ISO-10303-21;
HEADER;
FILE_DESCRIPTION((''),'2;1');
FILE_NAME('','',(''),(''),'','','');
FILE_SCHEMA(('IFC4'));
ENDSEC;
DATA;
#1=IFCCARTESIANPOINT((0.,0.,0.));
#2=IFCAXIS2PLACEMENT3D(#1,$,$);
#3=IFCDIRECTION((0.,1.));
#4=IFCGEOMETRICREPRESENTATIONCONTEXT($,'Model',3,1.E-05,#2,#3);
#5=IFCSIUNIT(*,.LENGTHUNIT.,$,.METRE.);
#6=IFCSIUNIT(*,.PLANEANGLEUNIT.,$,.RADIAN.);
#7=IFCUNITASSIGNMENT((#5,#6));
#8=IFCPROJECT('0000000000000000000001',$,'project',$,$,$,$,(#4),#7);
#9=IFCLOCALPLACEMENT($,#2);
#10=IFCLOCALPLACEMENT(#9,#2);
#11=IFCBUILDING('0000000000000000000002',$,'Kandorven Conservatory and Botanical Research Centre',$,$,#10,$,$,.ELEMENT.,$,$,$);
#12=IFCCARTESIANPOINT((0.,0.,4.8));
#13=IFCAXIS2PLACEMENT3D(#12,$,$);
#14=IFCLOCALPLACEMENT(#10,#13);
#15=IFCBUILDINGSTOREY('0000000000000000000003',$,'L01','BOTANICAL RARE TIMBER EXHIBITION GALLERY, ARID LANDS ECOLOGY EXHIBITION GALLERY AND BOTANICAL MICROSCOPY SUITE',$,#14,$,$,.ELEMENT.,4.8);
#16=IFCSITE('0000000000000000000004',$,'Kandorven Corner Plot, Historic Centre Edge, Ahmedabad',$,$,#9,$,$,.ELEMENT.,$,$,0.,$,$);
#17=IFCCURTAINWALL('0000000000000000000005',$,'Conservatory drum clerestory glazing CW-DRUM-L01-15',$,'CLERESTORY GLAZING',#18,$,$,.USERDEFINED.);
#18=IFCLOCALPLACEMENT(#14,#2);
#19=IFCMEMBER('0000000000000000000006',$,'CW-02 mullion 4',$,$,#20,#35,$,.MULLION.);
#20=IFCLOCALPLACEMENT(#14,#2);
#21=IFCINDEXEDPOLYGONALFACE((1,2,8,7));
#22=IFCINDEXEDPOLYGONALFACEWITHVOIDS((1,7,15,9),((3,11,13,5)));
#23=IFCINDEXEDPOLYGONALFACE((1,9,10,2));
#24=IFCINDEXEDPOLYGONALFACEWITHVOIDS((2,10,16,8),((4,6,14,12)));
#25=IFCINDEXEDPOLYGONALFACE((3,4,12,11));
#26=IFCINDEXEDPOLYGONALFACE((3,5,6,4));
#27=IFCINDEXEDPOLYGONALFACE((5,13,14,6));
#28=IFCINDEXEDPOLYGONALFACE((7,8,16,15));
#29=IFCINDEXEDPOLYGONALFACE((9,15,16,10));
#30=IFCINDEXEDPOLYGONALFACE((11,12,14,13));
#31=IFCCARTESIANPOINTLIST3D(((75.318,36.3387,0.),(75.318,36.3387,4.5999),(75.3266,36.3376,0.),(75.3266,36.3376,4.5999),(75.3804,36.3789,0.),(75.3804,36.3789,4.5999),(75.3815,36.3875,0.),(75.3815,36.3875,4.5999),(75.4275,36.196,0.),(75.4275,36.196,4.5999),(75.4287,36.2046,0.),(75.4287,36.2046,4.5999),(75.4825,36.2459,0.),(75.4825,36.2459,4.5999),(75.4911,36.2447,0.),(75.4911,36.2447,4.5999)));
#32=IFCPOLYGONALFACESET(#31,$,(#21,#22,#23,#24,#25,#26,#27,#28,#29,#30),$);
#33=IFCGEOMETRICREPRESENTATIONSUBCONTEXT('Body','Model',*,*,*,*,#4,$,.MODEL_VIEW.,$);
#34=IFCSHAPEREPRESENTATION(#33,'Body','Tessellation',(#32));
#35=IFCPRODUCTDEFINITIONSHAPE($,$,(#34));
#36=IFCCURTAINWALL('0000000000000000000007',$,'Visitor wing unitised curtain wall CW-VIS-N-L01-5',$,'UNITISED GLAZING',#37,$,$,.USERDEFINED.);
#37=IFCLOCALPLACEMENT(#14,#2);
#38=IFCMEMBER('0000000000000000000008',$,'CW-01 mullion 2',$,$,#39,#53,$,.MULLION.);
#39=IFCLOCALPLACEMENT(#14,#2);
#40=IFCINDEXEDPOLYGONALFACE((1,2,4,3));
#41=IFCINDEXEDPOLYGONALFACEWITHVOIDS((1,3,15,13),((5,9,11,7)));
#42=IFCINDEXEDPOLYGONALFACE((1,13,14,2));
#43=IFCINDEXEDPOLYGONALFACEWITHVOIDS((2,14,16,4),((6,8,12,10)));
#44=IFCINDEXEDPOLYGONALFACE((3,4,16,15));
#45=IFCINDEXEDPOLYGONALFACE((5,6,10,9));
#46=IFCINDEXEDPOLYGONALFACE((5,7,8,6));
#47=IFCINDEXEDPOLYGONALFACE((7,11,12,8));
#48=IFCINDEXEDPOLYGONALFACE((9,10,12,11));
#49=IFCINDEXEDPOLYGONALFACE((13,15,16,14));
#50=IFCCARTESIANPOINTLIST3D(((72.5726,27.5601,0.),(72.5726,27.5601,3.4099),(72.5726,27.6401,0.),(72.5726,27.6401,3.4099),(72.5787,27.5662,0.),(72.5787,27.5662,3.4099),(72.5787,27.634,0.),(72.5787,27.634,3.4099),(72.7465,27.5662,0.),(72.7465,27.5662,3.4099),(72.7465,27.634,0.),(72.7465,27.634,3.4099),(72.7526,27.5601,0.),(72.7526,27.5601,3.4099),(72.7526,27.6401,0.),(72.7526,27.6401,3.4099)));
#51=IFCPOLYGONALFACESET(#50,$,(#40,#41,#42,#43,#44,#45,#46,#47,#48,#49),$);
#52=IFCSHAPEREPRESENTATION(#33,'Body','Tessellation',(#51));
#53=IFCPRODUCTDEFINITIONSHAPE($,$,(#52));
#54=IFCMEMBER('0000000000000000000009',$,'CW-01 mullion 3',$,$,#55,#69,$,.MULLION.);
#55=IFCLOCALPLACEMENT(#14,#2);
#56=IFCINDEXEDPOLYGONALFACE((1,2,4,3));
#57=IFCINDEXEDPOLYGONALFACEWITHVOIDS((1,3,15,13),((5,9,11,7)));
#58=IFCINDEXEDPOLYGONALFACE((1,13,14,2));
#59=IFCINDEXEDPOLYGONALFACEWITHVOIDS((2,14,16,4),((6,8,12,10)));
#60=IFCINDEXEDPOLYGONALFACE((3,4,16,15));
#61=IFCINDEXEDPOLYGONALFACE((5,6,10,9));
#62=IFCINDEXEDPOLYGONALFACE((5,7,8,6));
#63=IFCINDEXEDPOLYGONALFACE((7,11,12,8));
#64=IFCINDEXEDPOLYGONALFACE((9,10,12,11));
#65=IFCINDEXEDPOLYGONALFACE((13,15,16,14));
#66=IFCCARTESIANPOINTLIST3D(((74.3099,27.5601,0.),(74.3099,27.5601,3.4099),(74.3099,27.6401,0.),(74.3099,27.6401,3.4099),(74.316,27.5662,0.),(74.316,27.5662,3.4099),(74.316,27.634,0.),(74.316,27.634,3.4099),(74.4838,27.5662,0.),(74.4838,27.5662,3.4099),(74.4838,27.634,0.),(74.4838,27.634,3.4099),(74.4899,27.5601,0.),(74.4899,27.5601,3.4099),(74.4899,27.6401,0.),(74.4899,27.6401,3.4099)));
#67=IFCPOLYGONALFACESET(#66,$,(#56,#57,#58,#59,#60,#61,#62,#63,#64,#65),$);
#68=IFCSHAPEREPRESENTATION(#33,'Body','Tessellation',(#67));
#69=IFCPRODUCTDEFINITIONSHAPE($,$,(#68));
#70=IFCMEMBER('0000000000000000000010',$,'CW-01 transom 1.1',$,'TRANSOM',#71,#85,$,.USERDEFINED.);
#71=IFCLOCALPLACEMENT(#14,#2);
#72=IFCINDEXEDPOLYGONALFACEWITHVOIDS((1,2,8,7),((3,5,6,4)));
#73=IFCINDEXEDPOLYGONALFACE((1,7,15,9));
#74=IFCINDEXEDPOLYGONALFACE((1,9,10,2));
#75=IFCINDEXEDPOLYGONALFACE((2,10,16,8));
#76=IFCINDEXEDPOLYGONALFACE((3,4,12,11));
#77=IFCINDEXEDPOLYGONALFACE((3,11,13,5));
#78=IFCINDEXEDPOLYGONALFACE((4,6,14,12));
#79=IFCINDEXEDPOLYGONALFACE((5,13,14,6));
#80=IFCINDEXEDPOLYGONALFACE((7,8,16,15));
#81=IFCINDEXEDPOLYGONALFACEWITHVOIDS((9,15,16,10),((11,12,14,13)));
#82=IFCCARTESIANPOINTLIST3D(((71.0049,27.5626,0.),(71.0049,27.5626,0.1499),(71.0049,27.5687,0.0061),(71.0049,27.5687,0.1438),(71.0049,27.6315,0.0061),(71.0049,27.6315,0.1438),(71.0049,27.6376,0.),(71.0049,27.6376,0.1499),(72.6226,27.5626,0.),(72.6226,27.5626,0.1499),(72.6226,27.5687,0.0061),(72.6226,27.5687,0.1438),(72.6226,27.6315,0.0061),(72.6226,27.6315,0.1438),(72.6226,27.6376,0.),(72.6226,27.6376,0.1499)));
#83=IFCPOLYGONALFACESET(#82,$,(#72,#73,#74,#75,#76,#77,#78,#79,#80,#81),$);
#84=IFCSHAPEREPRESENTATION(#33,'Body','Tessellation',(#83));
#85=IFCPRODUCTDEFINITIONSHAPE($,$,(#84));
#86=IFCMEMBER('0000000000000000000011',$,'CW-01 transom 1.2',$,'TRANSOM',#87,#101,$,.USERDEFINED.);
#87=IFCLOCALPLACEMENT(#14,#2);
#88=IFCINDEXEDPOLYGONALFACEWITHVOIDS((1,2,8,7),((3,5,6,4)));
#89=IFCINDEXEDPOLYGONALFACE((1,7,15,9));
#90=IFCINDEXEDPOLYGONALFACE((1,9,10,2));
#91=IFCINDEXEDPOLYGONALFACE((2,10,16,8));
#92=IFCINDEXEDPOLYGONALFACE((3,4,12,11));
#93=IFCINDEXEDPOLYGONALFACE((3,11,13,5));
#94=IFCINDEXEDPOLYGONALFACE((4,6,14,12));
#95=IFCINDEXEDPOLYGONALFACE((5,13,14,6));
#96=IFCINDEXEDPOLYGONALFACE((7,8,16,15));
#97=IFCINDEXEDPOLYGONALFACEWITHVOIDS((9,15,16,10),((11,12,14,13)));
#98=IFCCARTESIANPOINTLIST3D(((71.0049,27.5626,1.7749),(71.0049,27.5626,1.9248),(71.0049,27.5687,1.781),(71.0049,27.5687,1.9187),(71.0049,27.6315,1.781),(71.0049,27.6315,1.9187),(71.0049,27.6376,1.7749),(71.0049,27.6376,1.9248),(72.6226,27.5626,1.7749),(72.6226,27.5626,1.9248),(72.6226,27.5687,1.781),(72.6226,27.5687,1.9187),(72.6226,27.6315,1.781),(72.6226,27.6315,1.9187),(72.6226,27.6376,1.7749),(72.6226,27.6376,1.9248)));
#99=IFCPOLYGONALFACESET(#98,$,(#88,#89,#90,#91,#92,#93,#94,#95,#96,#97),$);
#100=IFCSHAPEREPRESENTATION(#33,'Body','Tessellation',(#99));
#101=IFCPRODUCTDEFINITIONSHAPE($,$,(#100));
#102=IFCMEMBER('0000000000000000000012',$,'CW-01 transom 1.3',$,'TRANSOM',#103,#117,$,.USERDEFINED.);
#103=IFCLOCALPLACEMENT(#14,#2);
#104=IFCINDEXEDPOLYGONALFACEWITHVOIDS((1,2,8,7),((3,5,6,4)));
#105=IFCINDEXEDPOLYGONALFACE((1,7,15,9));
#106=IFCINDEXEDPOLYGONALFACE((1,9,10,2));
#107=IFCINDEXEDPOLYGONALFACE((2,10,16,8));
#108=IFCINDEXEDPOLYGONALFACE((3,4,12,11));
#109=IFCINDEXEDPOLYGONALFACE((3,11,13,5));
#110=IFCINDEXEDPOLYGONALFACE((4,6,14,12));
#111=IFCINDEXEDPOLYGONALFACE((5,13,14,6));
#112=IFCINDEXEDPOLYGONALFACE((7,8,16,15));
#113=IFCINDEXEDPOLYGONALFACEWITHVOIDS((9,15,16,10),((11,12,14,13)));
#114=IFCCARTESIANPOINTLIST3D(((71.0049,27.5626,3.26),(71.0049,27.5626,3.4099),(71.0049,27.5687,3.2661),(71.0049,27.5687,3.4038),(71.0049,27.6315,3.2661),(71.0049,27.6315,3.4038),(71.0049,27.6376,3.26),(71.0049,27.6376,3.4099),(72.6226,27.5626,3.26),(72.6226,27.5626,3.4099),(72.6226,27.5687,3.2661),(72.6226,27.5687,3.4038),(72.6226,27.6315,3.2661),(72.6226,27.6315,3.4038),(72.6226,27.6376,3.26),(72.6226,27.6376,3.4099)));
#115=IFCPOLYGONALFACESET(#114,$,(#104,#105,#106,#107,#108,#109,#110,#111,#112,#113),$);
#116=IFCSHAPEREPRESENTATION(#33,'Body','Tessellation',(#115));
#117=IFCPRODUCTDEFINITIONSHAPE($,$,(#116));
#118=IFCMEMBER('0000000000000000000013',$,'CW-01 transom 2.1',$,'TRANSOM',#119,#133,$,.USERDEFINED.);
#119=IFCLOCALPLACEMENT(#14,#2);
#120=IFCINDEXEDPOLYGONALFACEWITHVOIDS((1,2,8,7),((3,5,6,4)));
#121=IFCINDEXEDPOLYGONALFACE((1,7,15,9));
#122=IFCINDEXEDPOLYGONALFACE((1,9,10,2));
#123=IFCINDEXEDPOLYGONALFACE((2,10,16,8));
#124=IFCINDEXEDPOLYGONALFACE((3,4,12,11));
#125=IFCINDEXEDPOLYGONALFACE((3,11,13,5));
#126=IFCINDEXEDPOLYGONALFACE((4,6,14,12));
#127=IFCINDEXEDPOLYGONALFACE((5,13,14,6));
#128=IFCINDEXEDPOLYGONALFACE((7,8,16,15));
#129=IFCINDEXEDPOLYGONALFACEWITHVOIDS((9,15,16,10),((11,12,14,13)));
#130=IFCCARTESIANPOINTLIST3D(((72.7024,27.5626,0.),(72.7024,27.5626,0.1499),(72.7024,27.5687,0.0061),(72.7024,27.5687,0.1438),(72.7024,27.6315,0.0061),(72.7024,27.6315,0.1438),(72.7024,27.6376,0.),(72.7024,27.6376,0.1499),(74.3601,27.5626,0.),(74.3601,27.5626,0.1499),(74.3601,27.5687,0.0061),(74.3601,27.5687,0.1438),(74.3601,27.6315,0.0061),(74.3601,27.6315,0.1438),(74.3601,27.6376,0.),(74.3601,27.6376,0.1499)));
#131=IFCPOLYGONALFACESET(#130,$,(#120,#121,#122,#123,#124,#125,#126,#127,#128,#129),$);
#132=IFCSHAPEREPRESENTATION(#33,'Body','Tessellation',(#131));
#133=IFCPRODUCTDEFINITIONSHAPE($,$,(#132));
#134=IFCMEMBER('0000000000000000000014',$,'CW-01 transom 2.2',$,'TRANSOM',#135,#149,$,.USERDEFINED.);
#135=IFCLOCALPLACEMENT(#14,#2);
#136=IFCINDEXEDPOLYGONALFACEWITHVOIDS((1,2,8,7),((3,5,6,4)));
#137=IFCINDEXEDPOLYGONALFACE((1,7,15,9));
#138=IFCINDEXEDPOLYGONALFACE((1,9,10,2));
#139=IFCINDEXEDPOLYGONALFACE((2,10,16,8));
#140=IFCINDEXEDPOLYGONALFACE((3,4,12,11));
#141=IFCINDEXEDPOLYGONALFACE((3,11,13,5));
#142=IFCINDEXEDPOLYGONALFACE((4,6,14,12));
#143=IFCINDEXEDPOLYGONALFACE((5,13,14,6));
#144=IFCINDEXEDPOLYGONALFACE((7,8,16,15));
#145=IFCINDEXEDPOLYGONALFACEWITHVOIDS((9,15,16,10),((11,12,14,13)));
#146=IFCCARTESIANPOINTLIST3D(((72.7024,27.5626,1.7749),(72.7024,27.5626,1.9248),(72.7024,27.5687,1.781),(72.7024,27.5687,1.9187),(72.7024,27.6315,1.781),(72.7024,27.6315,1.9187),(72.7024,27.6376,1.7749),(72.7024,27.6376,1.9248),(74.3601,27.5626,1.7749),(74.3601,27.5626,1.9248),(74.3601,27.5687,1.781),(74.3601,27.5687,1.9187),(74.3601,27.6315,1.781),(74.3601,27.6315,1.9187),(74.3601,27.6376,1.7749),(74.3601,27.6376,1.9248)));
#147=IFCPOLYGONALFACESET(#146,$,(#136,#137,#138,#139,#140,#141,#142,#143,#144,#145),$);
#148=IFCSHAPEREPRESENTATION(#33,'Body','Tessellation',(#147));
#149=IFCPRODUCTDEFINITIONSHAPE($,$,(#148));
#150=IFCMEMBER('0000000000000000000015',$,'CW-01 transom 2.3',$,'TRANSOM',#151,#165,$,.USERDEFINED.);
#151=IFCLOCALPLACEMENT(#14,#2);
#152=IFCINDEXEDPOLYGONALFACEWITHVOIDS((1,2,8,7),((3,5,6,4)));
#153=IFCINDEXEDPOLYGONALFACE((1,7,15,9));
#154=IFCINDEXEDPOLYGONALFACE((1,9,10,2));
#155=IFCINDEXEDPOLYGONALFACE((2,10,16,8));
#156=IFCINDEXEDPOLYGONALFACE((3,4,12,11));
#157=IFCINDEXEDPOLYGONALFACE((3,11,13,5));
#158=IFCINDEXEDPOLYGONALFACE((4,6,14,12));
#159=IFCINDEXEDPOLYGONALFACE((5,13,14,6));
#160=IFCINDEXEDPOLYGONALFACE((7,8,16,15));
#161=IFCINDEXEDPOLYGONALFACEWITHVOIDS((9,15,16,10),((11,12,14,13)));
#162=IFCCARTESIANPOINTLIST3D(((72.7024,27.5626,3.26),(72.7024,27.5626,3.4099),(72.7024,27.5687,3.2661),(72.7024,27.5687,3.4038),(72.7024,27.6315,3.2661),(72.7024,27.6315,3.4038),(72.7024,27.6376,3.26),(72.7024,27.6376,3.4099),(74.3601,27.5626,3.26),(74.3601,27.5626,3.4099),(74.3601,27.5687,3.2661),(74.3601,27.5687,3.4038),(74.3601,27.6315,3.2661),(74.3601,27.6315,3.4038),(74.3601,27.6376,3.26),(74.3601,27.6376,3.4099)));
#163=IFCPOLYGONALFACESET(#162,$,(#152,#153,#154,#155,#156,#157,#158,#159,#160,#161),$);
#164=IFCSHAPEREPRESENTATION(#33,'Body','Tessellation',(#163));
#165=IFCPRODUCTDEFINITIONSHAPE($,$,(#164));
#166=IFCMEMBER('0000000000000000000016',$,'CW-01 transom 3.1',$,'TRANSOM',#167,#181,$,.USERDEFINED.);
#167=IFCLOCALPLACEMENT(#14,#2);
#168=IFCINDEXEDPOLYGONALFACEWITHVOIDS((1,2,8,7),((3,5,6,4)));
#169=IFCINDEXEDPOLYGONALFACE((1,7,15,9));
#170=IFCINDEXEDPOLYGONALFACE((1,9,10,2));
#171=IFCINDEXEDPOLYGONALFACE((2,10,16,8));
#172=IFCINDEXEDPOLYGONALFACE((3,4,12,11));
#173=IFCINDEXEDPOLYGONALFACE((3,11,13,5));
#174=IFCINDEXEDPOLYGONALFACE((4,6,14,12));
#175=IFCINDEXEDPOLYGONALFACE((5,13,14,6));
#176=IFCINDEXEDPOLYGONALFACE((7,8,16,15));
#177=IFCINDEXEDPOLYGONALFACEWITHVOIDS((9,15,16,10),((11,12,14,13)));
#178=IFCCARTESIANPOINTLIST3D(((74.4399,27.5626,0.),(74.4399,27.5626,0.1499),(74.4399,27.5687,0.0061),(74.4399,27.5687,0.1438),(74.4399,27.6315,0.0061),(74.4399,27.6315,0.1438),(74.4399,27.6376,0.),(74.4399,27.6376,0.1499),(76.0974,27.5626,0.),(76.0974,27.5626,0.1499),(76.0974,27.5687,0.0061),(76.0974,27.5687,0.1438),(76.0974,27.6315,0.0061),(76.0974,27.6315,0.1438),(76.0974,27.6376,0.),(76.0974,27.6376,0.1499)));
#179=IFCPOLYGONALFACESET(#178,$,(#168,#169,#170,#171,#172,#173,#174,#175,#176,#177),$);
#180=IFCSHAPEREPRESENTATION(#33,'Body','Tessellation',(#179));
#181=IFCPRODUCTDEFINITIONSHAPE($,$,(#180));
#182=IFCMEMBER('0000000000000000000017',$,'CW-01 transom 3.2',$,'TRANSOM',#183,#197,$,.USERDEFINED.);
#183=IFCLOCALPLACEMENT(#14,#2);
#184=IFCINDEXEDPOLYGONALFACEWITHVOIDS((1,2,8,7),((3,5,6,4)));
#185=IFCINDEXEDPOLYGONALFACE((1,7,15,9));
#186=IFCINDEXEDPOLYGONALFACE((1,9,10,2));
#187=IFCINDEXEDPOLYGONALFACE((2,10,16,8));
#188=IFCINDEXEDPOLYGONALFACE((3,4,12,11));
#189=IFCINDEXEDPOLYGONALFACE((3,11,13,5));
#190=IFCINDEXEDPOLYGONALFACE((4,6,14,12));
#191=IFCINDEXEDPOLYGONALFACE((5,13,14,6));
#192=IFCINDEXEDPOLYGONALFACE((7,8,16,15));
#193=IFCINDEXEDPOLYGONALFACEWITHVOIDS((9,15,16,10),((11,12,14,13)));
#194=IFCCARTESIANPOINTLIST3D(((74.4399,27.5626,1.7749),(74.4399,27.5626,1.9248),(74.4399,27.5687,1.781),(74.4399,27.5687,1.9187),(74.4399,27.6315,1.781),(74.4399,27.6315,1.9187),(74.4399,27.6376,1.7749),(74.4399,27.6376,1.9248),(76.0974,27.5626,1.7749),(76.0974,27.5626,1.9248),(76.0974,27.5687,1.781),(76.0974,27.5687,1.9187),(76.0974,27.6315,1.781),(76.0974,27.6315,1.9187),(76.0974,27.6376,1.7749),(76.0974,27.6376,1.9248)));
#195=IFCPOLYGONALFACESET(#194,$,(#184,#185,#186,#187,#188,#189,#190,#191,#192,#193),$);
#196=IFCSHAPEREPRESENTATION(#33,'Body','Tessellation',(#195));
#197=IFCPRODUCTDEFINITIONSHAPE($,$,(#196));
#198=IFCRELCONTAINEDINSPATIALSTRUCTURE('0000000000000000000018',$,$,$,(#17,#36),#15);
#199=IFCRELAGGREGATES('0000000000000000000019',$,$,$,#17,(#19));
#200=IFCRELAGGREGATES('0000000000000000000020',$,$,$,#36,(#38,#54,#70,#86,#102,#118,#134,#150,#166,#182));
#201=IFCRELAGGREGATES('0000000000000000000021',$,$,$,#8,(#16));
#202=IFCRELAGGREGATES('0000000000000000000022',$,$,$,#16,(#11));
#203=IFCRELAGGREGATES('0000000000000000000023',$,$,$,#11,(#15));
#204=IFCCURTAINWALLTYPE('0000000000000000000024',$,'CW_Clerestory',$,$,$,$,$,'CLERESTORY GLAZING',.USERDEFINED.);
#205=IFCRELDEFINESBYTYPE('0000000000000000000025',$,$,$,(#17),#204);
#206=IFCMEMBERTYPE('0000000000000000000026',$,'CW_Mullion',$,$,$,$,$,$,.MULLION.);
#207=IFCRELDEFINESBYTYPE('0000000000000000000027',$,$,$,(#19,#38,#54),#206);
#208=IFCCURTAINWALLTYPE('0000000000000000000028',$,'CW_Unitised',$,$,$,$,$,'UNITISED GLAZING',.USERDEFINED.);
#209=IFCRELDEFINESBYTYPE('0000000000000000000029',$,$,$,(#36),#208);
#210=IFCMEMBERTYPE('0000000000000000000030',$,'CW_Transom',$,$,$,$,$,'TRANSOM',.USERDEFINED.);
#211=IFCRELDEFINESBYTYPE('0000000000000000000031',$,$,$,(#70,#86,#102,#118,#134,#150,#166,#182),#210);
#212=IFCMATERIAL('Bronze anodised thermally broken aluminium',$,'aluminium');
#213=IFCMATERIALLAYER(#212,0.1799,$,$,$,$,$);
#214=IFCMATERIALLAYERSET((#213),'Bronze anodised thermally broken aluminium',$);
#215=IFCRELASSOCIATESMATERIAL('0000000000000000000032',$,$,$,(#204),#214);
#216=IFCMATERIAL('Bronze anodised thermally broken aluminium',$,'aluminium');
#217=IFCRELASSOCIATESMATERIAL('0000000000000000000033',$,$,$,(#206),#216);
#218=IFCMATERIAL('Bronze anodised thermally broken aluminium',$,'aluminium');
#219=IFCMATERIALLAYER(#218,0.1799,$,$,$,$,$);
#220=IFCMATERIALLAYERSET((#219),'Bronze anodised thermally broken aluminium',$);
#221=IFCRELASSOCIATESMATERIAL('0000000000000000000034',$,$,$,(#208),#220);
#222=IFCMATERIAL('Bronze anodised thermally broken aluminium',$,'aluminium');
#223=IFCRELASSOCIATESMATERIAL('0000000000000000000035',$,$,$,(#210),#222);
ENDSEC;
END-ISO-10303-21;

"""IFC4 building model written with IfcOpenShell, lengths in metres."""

from ifc_helpers import new_model, si_unit, direction, frame, origin, origin_2d, place, context, subcontext, project, spatial, hollow_rectangle, extrude, material, layer, layer_set, material_profile, profile_set, type_object, element, aggregate, save


model = new_model("IFC4")

# Units and contexts
model_context = context("Model", 3, precision=1e-05, world=origin(), true_north=direction((0.0, 1.0)))
body_context = subcontext(model_context, "Body", "Model", "MODEL_VIEW")
ifc_project = project(units=[si_unit("LENGTHUNIT", "METRE"), si_unit("PLANEANGLEUNIT", "RADIAN")], contexts=[model_context])

# Site, building, storey
site_placement = place(None, origin())
site = spatial("IfcSite", under=ifc_project, at=site_placement, Name="Kandorven Corner Plot, Historic Centre Edge, Ahmedabad", CompositionType="ELEMENT", RefElevation=0.0)
building_placement = place(site_placement, origin())
building = spatial("IfcBuilding", under=site, at=building_placement, Name="Kandorven Conservatory and Botanical Research Centre", CompositionType="ELEMENT")
storey_placement = place(building_placement, frame((0.0, 0.0, 4.8)))
storey = spatial("IfcBuildingStorey", under=building, at=storey_placement, Name="L01", Description="BOTANICAL RARE TIMBER EXHIBITION GALLERY, ARID LANDS ECOLOGY EXHIBITION GALLERY AND BOTANICAL MICROSCOPY SUITE", CompositionType="ELEMENT", Elevation=4.8)

# Curtain wall, member
ifc_material_1 = material(Name="Bronze anodised thermally broken aluminium", Category="aluminium")
ifc_layer_1 = layer(ifc_material_1, 0.1799)
ifc_layer_set_1 = layer_set([ifc_layer_1], Name="Bronze anodised thermally broken aluminium")
curtain_wall_type_1 = type_object("IfcCurtainWallType", Name="CW_Clerestory", ElementType="CLERESTORY GLAZING", PredefinedType="USERDEFINED", material=ifc_layer_set_1)
curtain_wall_1_placement = place(storey_placement, origin())
curtain_wall_1 = element("IfcCurtainWall", 1, at=curtain_wall_1_placement, inside=storey, type_object=curtain_wall_type_1, Name="Conservatory drum clerestory glazing CW-DRUM-L01-15", ObjectType="CLERESTORY GLAZING", PredefinedType="USERDEFINED")
ifc_material_2 = material(Name="Bronze anodised thermally broken aluminium", Category="aluminium")
ifc_material_profile_1 = material_profile(ifc_material_2, hollow_rectangle(XDim=0.0801, YDim=0.1799, WallThickness=0.0061, at=origin_2d()))
ifc_profile_set_1 = profile_set([ifc_material_profile_1], Name="Bronze anodised thermally broken aluminium")
member_type_1 = type_object("IfcMemberType", Name="CW_Mullion", PredefinedType="MULLION", material=ifc_profile_set_1)
member_1_placement = place(storey_placement, frame((75.4045, 36.2917, 0.0), z_axis=(0.0, 0.0, 1.0), x_axis=(0.793347, 0.608769, 0.0)))
member_1 = element("IfcMember", 2, at=member_1_placement, type_object=member_type_1, Name="CW-02 mullion 4", PredefinedType="MULLION", context=body_context, shape_type="SweptSolid", body=[
    extrude(hollow_rectangle(XDim=0.0801, YDim=0.1799, WallThickness=0.0061, at=origin_2d()), origin(), (0.0, 0.0, 1.0), 4.5999),
])

# Curtain wall, members
ifc_material_3 = material(Name="Bronze anodised thermally broken aluminium", Category="aluminium")
ifc_layer_2 = layer(ifc_material_3, 0.1799)
ifc_layer_set_2 = layer_set([ifc_layer_2], Name="Bronze anodised thermally broken aluminium")
curtain_wall_type_2 = type_object("IfcCurtainWallType", Name="CW_Unitised", ElementType="UNITISED GLAZING", PredefinedType="USERDEFINED", material=ifc_layer_set_2)
curtain_wall_2_placement = place(storey_placement, origin())
curtain_wall_2 = element("IfcCurtainWall", 3, at=curtain_wall_2_placement, inside=storey, type_object=curtain_wall_type_2, Name="Visitor wing unitised curtain wall CW-VIS-N-L01-5", ObjectType="UNITISED GLAZING", PredefinedType="USERDEFINED")
member_2_placement = place(storey_placement, frame((72.6626, 27.6001, 0.0), z_axis=(0.0, 0.0, 1.0), x_axis=(0.0, 1.0, 0.0)))
member_2 = element("IfcMember", 4, at=member_2_placement, type_object=member_type_1, Name="CW-01 mullion 2", PredefinedType="MULLION", context=body_context, shape_type="SweptSolid", body=[
    extrude(hollow_rectangle(XDim=0.0801, YDim=0.1799, WallThickness=0.0061, at=origin_2d()), origin(), (0.0, 0.0, 1.0), 3.4099),
])
member_3_placement = place(storey_placement, frame((74.3999, 27.6001, 0.0), z_axis=(0.0, 0.0, 1.0), x_axis=(0.0, 1.0, 0.0)))
member_3 = element("IfcMember", 5, at=member_3_placement, type_object=member_type_1, Name="CW-01 mullion 3", PredefinedType="MULLION", context=body_context, shape_type="SweptSolid", body=[
    extrude(hollow_rectangle(XDim=0.0801, YDim=0.1799, WallThickness=0.0061, at=origin_2d()), origin(), (0.0, 0.0, 1.0), 3.4099),
])
ifc_material_4 = material(Name="Bronze anodised thermally broken aluminium", Category="aluminium")
ifc_material_profile_2 = material_profile(ifc_material_4, hollow_rectangle(XDim=0.075, YDim=0.1499, WallThickness=0.0061, at=origin_2d()))
ifc_profile_set_2 = profile_set([ifc_material_profile_2], Name="Bronze anodised thermally broken aluminium")
member_type_2 = type_object("IfcMemberType", Name="CW_Transom", ElementType="TRANSOM", PredefinedType="USERDEFINED", material=ifc_profile_set_2)
member_4_placement = place(storey_placement, frame((71.0049, 27.6001, 0.075), z_axis=(1.0, 0.0, 0.0), x_axis=(0.0, 1.0, 0.0)))
member_4 = element("IfcMember", 6, at=member_4_placement, type_object=member_type_2, Name="CW-01 transom 1.1", ObjectType="TRANSOM", PredefinedType="USERDEFINED", context=body_context, shape_type="SweptSolid", body=[
    extrude(hollow_rectangle(XDim=0.075, YDim=0.1499, WallThickness=0.0061, at=origin_2d()), origin(), (0.0, 0.0, 1.0), 1.6177),
])
member_5_placement = place(storey_placement, frame((71.0049, 27.6001, 1.8499), z_axis=(1.0, 0.0, 0.0), x_axis=(0.0, 1.0, 0.0)))
member_5 = element("IfcMember", 7, at=member_5_placement, type_object=member_type_2, Name="CW-01 transom 1.2", ObjectType="TRANSOM", PredefinedType="USERDEFINED", context=body_context, shape_type="SweptSolid", body=[
    extrude(hollow_rectangle(XDim=0.075, YDim=0.1499, WallThickness=0.0061, at=origin_2d()), origin(), (0.0, 0.0, 1.0), 1.6177),
])
member_6_placement = place(storey_placement, frame((71.0049, 27.6001, 3.335), z_axis=(1.0, 0.0, 0.0), x_axis=(0.0, 1.0, 0.0)))
member_6 = element("IfcMember", 8, at=member_6_placement, type_object=member_type_2, Name="CW-01 transom 1.3", ObjectType="TRANSOM", PredefinedType="USERDEFINED", context=body_context, shape_type="SweptSolid", body=[
    extrude(hollow_rectangle(XDim=0.075, YDim=0.1499, WallThickness=0.0061, at=origin_2d()), origin(), (0.0, 0.0, 1.0), 1.6177),
])
member_7_placement = place(storey_placement, frame((72.7024, 27.6001, 0.075), z_axis=(1.0, 0.0, 0.0), x_axis=(0.0, 1.0, 0.0)))
member_7 = element("IfcMember", 9, at=member_7_placement, type_object=member_type_2, Name="CW-01 transom 2.1", ObjectType="TRANSOM", PredefinedType="USERDEFINED", context=body_context, shape_type="SweptSolid", body=[
    extrude(hollow_rectangle(XDim=0.075, YDim=0.1499, WallThickness=0.0061, at=origin_2d()), origin(), (0.0, 0.0, 1.0), 1.6577),
])
member_8_placement = place(storey_placement, frame((72.7024, 27.6001, 1.8499), z_axis=(1.0, 0.0, 0.0), x_axis=(0.0, 1.0, 0.0)))
member_8 = element("IfcMember", 10, at=member_8_placement, type_object=member_type_2, Name="CW-01 transom 2.2", ObjectType="TRANSOM", PredefinedType="USERDEFINED", context=body_context, shape_type="SweptSolid", body=[
    extrude(hollow_rectangle(XDim=0.075, YDim=0.1499, WallThickness=0.0061, at=origin_2d()), origin(), (0.0, 0.0, 1.0), 1.6577),
])
member_9_placement = place(storey_placement, frame((72.7024, 27.6001, 3.335), z_axis=(1.0, 0.0, 0.0), x_axis=(0.0, 1.0, 0.0)))
member_9 = element("IfcMember", 11, at=member_9_placement, type_object=member_type_2, Name="CW-01 transom 2.3", ObjectType="TRANSOM", PredefinedType="USERDEFINED", context=body_context, shape_type="SweptSolid", body=[
    extrude(hollow_rectangle(XDim=0.075, YDim=0.1499, WallThickness=0.0061, at=origin_2d()), origin(), (0.0, 0.0, 1.0), 1.6577),
])
member_10_placement = place(storey_placement, frame((74.4399, 27.6001, 0.075), z_axis=(1.0, 0.0, 0.0), x_axis=(0.0, 1.0, 0.0)))
member_10 = element("IfcMember", 12, at=member_10_placement, type_object=member_type_2, Name="CW-01 transom 3.1", ObjectType="TRANSOM", PredefinedType="USERDEFINED", context=body_context, shape_type="SweptSolid", body=[
    extrude(hollow_rectangle(XDim=0.075, YDim=0.1499, WallThickness=0.0061, at=origin_2d()), origin(), (0.0, 0.0, 1.0), 1.6575),
])
member_11_placement = place(storey_placement, frame((74.4399, 27.6001, 1.8499), z_axis=(1.0, 0.0, 0.0), x_axis=(0.0, 1.0, 0.0)))
member_11 = element("IfcMember", 13, at=member_11_placement, type_object=member_type_2, Name="CW-01 transom 3.2", ObjectType="TRANSOM", PredefinedType="USERDEFINED", context=body_context, shape_type="SweptSolid", body=[
    extrude(hollow_rectangle(XDim=0.075, YDim=0.1499, WallThickness=0.0061, at=origin_2d()), origin(), (0.0, 0.0, 1.0), 1.6575),
])

aggregate(curtain_wall_1, [member_1])
aggregate(curtain_wall_2, [member_2, member_3, member_4, member_5, member_6, member_7, member_8, member_9, member_10, member_11])

save(model, "model.ifc")
